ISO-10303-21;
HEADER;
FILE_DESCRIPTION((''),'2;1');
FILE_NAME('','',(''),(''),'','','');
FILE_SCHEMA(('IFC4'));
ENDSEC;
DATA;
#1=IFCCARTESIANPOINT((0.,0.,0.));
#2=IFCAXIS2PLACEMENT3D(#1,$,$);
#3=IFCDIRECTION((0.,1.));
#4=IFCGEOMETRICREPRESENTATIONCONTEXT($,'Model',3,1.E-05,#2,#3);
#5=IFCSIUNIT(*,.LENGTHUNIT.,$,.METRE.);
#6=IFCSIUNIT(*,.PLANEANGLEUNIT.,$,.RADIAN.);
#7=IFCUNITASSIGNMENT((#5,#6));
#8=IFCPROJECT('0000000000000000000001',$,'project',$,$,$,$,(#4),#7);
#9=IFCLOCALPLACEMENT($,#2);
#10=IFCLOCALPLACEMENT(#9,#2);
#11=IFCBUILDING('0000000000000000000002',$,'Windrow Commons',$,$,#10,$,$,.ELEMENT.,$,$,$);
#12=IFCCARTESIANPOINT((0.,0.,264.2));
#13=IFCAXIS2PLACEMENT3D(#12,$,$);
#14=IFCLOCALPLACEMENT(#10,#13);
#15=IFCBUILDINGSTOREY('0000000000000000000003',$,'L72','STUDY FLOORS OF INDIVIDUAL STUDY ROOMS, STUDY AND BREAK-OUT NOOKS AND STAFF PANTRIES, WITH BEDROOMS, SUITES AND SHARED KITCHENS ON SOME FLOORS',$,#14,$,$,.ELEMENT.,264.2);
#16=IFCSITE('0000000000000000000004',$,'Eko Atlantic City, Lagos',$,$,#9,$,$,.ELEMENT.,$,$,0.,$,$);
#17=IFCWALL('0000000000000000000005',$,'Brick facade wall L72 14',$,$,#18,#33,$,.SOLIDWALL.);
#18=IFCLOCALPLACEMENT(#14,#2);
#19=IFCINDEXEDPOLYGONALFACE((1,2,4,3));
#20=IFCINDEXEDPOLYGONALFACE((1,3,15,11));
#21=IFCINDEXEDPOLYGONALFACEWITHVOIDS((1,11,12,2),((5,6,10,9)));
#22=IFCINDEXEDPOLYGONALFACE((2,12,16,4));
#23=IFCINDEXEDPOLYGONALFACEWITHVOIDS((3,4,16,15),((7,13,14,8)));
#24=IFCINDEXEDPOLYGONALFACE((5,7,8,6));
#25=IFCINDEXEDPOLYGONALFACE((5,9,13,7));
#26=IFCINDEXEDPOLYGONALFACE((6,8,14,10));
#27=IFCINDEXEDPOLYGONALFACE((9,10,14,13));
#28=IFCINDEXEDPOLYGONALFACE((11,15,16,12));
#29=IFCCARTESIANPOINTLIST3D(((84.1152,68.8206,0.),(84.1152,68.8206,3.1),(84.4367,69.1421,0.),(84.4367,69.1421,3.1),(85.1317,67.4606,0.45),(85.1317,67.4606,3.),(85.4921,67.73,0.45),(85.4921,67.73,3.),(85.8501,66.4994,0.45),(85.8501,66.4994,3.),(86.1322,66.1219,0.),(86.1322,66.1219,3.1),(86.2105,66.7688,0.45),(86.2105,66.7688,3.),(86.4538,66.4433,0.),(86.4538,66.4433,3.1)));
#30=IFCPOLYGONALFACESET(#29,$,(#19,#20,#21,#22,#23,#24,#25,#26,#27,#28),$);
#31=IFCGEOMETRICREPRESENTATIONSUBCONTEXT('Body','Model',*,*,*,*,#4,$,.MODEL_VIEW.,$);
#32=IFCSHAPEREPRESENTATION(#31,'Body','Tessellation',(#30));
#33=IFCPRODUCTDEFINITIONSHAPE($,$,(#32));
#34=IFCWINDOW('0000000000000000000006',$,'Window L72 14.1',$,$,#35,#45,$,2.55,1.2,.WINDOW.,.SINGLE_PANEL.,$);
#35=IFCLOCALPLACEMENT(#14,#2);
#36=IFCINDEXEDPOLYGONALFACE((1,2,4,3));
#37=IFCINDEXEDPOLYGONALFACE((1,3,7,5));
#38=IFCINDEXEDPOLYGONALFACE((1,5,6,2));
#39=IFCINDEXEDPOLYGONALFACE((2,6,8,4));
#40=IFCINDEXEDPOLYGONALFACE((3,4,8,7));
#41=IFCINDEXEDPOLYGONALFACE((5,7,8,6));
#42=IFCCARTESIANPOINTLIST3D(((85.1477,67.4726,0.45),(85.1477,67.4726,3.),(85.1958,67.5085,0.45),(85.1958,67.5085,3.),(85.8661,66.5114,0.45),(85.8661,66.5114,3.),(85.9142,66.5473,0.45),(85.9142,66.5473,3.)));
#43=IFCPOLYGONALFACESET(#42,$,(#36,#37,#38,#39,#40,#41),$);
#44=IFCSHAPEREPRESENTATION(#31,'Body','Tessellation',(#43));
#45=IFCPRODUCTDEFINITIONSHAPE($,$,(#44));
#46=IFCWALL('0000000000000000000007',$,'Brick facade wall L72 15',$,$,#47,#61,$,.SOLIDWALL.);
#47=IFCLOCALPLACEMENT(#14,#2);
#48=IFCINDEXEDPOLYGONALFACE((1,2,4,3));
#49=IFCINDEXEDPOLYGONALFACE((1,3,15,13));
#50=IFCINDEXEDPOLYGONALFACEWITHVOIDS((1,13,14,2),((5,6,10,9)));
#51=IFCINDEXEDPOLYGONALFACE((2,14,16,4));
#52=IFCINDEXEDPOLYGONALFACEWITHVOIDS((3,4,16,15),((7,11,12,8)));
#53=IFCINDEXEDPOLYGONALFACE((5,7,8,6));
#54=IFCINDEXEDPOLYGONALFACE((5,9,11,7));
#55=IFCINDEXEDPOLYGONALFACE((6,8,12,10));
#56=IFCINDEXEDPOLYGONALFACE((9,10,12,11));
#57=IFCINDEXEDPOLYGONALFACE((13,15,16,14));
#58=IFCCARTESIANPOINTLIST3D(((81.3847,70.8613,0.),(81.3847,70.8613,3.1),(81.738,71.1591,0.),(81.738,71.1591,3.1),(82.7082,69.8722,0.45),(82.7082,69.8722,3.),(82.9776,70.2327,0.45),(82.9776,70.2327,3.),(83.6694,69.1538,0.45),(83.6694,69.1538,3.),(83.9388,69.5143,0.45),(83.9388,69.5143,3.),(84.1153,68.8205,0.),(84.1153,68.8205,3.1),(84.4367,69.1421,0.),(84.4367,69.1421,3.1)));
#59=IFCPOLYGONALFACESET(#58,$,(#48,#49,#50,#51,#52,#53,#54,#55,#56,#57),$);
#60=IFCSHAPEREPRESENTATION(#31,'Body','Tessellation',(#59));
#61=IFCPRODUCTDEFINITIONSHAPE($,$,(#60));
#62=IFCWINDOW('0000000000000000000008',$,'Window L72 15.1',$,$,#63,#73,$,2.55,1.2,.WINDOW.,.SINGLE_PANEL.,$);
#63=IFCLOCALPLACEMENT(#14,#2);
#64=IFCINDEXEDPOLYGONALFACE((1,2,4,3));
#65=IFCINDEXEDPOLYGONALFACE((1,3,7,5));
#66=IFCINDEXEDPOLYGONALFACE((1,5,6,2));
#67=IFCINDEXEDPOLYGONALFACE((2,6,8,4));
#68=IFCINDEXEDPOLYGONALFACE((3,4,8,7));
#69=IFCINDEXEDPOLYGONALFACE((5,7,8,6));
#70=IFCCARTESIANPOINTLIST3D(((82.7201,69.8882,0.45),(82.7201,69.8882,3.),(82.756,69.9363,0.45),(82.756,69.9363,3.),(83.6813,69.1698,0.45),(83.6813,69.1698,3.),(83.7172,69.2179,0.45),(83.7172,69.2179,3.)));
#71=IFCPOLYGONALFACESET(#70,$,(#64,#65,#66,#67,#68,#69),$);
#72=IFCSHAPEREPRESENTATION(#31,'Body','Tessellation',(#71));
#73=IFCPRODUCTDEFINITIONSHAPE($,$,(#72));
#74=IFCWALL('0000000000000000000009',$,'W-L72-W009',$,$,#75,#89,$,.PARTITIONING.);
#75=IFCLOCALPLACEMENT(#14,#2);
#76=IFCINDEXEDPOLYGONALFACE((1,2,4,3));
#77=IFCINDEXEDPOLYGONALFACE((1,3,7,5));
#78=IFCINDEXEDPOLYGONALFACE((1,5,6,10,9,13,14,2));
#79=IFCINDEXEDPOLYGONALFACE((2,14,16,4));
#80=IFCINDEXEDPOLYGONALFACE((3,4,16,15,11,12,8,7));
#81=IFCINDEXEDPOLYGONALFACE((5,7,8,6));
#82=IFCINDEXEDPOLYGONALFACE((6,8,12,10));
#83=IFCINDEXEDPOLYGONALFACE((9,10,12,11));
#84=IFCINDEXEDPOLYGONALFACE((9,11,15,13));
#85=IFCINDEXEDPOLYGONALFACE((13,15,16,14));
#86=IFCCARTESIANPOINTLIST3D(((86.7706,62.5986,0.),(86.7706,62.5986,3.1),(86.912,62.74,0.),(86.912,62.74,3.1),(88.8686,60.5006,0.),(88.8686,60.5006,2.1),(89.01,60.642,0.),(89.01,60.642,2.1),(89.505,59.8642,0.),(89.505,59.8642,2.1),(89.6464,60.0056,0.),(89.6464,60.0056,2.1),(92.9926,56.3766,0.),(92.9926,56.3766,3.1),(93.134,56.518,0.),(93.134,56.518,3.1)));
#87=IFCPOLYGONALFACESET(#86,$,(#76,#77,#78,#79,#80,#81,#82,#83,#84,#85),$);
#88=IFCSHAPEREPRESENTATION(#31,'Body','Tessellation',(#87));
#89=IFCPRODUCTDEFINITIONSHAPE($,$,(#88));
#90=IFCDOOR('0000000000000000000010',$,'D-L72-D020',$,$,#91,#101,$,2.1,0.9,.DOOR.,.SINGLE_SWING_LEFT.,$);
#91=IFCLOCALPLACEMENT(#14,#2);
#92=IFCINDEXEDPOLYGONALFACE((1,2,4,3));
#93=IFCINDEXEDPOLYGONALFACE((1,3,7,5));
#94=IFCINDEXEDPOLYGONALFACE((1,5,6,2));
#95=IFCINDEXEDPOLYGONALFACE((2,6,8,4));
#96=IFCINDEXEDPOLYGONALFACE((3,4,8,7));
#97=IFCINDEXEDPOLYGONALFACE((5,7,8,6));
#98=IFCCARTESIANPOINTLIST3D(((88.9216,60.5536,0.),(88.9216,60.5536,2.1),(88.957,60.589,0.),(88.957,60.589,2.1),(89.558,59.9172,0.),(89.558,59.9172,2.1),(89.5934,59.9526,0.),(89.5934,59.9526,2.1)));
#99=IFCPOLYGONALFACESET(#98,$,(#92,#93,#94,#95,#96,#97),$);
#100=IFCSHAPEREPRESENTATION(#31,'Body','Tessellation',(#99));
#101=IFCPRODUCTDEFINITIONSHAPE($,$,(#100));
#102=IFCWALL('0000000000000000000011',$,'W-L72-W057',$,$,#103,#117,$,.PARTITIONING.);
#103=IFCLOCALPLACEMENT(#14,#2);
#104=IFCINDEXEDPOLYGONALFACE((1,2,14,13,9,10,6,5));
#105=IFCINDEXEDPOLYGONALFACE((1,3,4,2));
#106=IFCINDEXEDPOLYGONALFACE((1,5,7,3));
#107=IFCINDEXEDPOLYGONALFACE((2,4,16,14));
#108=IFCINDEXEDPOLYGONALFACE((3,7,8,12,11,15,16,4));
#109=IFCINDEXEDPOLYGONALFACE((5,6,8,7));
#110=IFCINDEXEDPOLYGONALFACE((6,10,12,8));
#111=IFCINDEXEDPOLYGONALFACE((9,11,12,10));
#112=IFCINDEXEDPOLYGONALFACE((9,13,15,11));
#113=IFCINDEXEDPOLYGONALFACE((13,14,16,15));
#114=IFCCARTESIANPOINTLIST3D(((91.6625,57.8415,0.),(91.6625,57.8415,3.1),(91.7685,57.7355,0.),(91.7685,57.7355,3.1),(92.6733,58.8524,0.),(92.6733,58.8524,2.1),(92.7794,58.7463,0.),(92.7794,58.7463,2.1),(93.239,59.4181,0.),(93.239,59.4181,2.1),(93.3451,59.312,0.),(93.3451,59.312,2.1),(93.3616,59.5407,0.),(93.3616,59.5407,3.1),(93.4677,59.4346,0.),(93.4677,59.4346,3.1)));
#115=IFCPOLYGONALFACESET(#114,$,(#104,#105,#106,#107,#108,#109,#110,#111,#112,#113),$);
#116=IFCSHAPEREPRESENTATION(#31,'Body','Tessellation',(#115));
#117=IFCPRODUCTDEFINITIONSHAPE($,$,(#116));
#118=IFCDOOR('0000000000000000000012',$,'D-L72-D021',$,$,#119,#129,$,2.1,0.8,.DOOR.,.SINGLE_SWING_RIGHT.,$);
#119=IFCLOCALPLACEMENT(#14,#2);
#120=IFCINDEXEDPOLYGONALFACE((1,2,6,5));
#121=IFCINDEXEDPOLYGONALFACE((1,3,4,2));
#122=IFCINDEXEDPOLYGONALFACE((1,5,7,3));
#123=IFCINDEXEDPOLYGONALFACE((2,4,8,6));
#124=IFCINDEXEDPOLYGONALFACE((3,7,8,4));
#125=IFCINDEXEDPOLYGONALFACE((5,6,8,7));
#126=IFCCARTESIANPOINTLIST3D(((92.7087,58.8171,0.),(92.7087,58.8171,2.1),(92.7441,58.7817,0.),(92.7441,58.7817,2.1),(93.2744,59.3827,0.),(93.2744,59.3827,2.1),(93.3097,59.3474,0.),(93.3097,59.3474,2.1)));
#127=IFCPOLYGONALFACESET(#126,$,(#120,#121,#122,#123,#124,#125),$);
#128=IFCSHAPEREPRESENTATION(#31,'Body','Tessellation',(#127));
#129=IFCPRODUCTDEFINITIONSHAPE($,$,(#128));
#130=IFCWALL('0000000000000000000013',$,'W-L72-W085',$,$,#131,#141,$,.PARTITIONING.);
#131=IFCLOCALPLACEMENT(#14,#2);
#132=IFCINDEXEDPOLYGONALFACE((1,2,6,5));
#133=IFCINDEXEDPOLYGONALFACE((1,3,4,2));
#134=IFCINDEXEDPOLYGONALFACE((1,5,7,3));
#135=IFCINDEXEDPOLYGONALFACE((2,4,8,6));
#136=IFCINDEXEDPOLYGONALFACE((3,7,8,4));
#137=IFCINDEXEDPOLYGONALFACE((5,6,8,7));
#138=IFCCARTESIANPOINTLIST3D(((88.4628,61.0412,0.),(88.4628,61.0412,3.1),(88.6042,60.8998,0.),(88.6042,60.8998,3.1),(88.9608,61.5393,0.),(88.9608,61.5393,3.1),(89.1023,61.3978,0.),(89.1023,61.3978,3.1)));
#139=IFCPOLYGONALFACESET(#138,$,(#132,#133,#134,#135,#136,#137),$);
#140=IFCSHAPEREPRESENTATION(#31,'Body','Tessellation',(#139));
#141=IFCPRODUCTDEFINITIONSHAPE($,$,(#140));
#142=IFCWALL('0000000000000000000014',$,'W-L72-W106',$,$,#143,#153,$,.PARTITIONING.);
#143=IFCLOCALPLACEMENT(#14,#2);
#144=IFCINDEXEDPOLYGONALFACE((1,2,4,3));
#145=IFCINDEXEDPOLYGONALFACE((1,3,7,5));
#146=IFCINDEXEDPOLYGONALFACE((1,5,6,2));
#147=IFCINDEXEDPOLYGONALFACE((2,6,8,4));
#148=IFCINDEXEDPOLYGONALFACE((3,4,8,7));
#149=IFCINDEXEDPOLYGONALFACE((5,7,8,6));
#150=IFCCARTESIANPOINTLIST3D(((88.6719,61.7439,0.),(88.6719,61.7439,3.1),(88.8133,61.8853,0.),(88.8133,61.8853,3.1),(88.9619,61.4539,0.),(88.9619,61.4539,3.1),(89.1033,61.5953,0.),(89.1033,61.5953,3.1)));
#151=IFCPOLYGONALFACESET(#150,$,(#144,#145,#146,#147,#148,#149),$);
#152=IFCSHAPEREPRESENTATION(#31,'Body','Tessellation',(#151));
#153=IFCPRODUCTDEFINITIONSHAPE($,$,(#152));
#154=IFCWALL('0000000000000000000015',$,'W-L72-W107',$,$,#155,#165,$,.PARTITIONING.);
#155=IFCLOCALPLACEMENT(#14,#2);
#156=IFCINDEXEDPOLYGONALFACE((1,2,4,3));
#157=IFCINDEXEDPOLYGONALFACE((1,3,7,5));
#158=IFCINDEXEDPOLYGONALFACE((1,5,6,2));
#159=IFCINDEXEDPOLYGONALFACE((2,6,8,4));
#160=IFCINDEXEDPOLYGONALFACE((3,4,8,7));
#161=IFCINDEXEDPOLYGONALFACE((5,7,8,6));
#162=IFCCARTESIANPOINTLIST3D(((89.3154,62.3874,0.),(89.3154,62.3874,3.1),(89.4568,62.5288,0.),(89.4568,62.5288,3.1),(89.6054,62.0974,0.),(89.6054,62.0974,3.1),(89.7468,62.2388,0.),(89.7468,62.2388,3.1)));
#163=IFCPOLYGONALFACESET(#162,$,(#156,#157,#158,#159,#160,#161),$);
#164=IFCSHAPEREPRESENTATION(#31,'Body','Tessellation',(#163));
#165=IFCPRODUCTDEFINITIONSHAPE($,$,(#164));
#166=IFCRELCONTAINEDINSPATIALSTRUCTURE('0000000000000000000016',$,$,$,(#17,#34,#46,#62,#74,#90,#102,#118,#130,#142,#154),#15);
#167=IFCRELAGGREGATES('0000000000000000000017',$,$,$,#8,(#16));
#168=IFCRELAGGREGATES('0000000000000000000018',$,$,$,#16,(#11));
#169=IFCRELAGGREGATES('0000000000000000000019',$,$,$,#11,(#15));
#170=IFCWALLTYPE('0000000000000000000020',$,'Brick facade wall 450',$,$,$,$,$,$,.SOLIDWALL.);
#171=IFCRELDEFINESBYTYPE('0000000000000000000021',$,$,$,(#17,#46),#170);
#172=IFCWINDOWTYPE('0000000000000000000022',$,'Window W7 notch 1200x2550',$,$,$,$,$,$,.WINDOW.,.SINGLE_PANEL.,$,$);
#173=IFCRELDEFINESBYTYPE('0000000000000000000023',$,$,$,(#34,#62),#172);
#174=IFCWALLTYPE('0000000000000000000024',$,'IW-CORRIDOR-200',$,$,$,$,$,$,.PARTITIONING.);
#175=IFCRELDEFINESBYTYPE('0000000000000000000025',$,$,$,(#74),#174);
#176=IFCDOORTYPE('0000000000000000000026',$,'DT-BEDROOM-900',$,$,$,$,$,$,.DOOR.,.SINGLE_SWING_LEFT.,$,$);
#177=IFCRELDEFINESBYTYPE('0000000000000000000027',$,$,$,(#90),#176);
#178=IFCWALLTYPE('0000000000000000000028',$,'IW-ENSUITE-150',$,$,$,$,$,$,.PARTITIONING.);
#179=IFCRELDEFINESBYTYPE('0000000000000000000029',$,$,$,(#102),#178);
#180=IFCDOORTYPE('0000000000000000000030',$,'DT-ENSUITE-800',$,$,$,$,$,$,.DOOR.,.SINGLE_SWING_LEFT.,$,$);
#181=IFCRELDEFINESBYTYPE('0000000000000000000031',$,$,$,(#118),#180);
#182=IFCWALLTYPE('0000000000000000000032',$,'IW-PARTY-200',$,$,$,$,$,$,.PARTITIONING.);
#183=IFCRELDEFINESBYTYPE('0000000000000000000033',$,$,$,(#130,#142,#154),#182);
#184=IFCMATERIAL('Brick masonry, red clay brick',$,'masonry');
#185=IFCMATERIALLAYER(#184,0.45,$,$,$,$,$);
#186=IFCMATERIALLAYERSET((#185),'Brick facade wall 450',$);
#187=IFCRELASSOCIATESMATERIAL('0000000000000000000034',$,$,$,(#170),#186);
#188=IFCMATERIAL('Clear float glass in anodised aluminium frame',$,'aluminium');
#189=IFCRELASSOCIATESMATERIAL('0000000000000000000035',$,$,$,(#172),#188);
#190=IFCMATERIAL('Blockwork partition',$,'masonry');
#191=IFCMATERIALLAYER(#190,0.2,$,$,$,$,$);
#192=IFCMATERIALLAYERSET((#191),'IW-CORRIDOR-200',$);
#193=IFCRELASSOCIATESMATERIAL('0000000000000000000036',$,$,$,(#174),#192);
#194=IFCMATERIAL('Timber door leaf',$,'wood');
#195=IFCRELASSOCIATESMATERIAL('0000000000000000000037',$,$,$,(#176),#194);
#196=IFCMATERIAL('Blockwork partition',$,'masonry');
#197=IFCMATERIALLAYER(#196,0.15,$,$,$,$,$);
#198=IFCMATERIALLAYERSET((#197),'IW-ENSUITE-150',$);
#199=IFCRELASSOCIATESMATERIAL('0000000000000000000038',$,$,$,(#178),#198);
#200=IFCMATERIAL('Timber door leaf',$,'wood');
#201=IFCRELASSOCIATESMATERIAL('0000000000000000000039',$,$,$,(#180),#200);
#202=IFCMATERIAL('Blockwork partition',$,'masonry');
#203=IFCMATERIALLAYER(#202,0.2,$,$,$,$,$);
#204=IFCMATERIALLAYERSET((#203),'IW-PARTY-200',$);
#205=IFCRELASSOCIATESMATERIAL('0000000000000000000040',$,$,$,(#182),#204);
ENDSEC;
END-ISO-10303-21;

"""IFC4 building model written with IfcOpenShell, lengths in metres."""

from ifc_helpers import new_model, si_unit, direction, frame, frame_2d, origin, place, context, subcontext, project, spatial, polyline, rectangle, outline, extrude, material, layer, layer_set, type_object, element, fill, save


model = new_model("IFC4")

# Units and contexts
model_context = context("Model", 3, precision=1e-05, world=origin(), true_north=direction((0.0, 1.0)))
body_context = subcontext(model_context, "Body", "Model", "MODEL_VIEW")
ifc_project = project(units=[si_unit("LENGTHUNIT", "METRE"), si_unit("PLANEANGLEUNIT", "RADIAN")], contexts=[model_context])

# Site, building, storey
site_placement = place(None, origin())
site = spatial("IfcSite", under=ifc_project, at=site_placement, Name="Eko Atlantic City, Lagos", CompositionType="ELEMENT", RefElevation=0.0)
building_placement = place(site_placement, origin())
building = spatial("IfcBuilding", under=site, at=building_placement, Name="Windrow Commons", CompositionType="ELEMENT")
storey_placement = place(building_placement, frame((0.0, 0.0, 264.2)))
storey = spatial("IfcBuildingStorey", under=building, at=storey_placement, Name="L72", Description="STUDY FLOORS OF INDIVIDUAL STUDY ROOMS, STUDY AND BREAK-OUT NOOKS AND STAFF PANTRIES, WITH BEDROOMS, SUITES AND SHARED KITCHENS ON SOME FLOORS", CompositionType="ELEMENT", Elevation=264.2)

# Walls, openings, windows
ifc_material_1 = material(Name="Brick masonry, red clay brick", Category="masonry")
ifc_layer_1 = layer(ifc_material_1, 0.45)
ifc_layer_set_1 = layer_set([ifc_layer_1], Name="Brick facade wall 450")
wall_type_1 = type_object("IfcWallType", Name="Brick facade wall 450", PredefinedType="SOLIDWALL", material=ifc_layer_set_1)
ifc_material_2 = material(Name="Clear float glass in anodised aluminium frame", Category="aluminium")
window_type = type_object("IfcWindowType", Name="Window W7 notch 1200x2550", PartitioningType="SINGLE_PANEL", PredefinedType="WINDOW", material=ifc_material_2)
wall_1_placement = place(storey_placement, frame((86.293, 66.2826, 0.0), z_axis=(0.0, 0.0, 1.0), x_axis=(-0.598665, 0.801, 0.0)))
wall_1 = element("IfcWall", 1, at=wall_1_placement, inside=storey, type_object=wall_type_1, Name="Brick facade wall L72 14", PredefinedType="SOLIDWALL", context=body_context, shape_type="SweptSolid", body=[
    extrude(outline(polyline([(0.0325, -0.225), (3.4017, -0.225), (3.3367, 0.225), (-0.0325, 0.225), (0.0325, -0.225)])), origin(), (0.0, 0.0, 1.0), 3.1),
])
opening_1_placement = place(wall_1_placement, frame((0.4388, 0.0, 0.45)))
opening_1 = element("IfcOpeningElement", 2, at=opening_1_placement, cuts=wall_1, PredefinedType="OPENING", context=body_context, shape_type="SweptSolid", body=[
    extrude(rectangle(XDim=1.2, YDim=2.55, at=frame_2d((0.6, 1.275))), frame((0.0, 0.235, 0.0), z_axis=(0.0, -1.0, 0.0), x_axis=(1.0, 0.0, 0.0)), (0.0, 0.0, 1.0), 0.47),
])
window_1_placement = place(opening_1_placement, origin())
window_1 = element("IfcWindow", 3, at=window_1_placement, inside=storey, type_object=window_type, Name="Window L72 14.1", OverallHeight=2.55, OverallWidth=1.2, PartitioningType="SINGLE_PANEL", PredefinedType="WINDOW", context=body_context, shape_type="SweptSolid", body=[
    extrude(rectangle(XDim=1.2, YDim=2.55, at=frame_2d((0.6, 1.275))), frame((0.0, 0.205, 0.0), z_axis=(0.0, -1.0, 0.0), x_axis=(1.0, 0.0, 0.0)), (0.0, 0.0, 1.0), 0.06),
])
fill(opening_1, window_1)
wall_2_placement = place(storey_placement, frame((84.276, 68.9813, 0.0), z_axis=(0.0, 0.0, 1.0), x_axis=(-0.800997, 0.598668, 0.0)))
wall_2 = element("IfcWall", 4, at=wall_2_placement, inside=storey, type_object=wall_type_1, Name="Brick facade wall L72 15", PredefinedType="SOLIDWALL", context=body_context, shape_type="SweptSolid", body=[
    extrude(outline(polyline([(-0.0325, -0.225), (3.3367, -0.225), (3.4414, 0.225), (0.0325, 0.225), (-0.0325, -0.225)])), origin(), (0.0, 0.0, 1.0), 3.1),
])
opening_2_placement = place(wall_2_placement, frame((0.5892, 0.0, 0.45)))
opening_2 = element("IfcOpeningElement", 5, at=opening_2_placement, cuts=wall_2, PredefinedType="OPENING", context=body_context, shape_type="SweptSolid", body=[
    extrude(rectangle(XDim=1.2, YDim=2.55, at=frame_2d((0.6, 1.275))), frame((0.0, 0.235, 0.0), z_axis=(0.0, -1.0, 0.0), x_axis=(1.0, 0.0, 0.0)), (0.0, 0.0, 1.0), 0.47),
])
window_2_placement = place(opening_2_placement, origin())
window_2 = element("IfcWindow", 6, at=window_2_placement, inside=storey, type_object=window_type, Name="Window L72 15.1", OverallHeight=2.55, OverallWidth=1.2, PartitioningType="SINGLE_PANEL", PredefinedType="WINDOW", context=body_context, shape_type="SweptSolid", body=[
    extrude(rectangle(XDim=1.2, YDim=2.55, at=frame_2d((0.6, 1.275))), frame((0.0, 0.205, 0.0), z_axis=(0.0, -1.0, 0.0), x_axis=(1.0, 0.0, 0.0)), (0.0, 0.0, 1.0), 0.06),
])
fill(opening_2, window_2)

# Walls, openings, doors
ifc_material_3 = material(Name="Blockwork partition", Category="masonry")
ifc_layer_2 = layer(ifc_material_3, 0.2)
ifc_layer_set_2 = layer_set([ifc_layer_2], Name="IW-CORRIDOR-200")
wall_type_2 = type_object("IfcWallType", Name="IW-CORRIDOR-200", PredefinedType="PARTITIONING", material=ifc_layer_set_2)
wall_3_placement = place(storey_placement, frame((86.8413, 62.6693, 0.0), z_axis=(0.0, 0.0, 1.0), x_axis=(0.707107, -0.707107, 0.0)))
wall_3 = element("IfcWall", 7, at=wall_3_placement, inside=storey, type_object=wall_type_2, Name="W-L72-W009", PredefinedType="PARTITIONING", context=body_context, shape_type="SweptSolid", body=[
    extrude(rectangle(XDim=8.7992, YDim=0.2, at=frame_2d((4.3996, 0.0))), origin(), (0.0, 0.0, 1.0), 3.1),
])
opening_3_placement = place(wall_3_placement, frame((2.967, 0.0, 0.0)))
opening_3 = element("IfcOpeningElement", 8, at=opening_3_placement, cuts=wall_3, PredefinedType="OPENING", context=body_context, shape_type="SweptSolid", body=[
    extrude(rectangle(XDim=0.9, YDim=2.1, at=frame_2d((0.45, 1.05))), frame((0.0, 0.11, 0.0), z_axis=(0.0, -1.0, 0.0), x_axis=(1.0, 0.0, 0.0)), (0.0, 0.0, 1.0), 0.22),
])
ifc_material_4 = material(Name="Timber door leaf", Category="wood")
door_type_1 = type_object("IfcDoorType", Name="DT-BEDROOM-900", OperationType="SINGLE_SWING_LEFT", PredefinedType="DOOR", material=ifc_material_4)
door_1_placement = place(opening_3_placement, origin())
door_1 = element("IfcDoor", 9, at=door_1_placement, inside=storey, type_object=door_type_1, Name="D-L72-D020", OperationType="SINGLE_SWING_LEFT", OverallHeight=2.1, OverallWidth=0.9, PredefinedType="DOOR", context=body_context, shape_type="SweptSolid", body=[
    extrude(rectangle(XDim=0.9, YDim=2.1, at=frame_2d((0.45, 1.05))), frame((0.0, 0.025, 0.0), z_axis=(0.0, -1.0, 0.0), x_axis=(1.0, 0.0, 0.0)), (0.0, 0.0, 1.0), 0.05),
])
fill(opening_3, door_1)
ifc_material_5 = material(Name="Blockwork partition", Category="masonry")
ifc_layer_3 = layer(ifc_material_5, 0.15)
ifc_layer_set_3 = layer_set([ifc_layer_3], Name="IW-ENSUITE-150")
wall_type_3 = type_object("IfcWallType", Name="IW-ENSUITE-150", PredefinedType="PARTITIONING", material=ifc_layer_set_3)
wall_4_placement = place(storey_placement, frame((91.7155, 57.7885, 0.0), z_axis=(0.0, 0.0, 1.0), x_axis=(0.707107, 0.707107, 0.0)))
wall_4 = element("IfcWall", 10, at=wall_4_placement, inside=storey, type_object=wall_type_3, Name="W-L72-W057", PredefinedType="PARTITIONING", context=body_context, shape_type="SweptSolid", body=[
    extrude(rectangle(XDim=2.403, YDim=0.15, at=frame_2d((1.2015, 0.0))), origin(), (0.0, 0.0, 1.0), 3.1),
])
opening_4_placement = place(wall_4_placement, frame((1.4296, 0.0, 0.0)))
opening_4 = element("IfcOpeningElement", 11, at=opening_4_placement, cuts=wall_4, PredefinedType="OPENING", context=body_context, shape_type="SweptSolid", body=[
    extrude(rectangle(XDim=0.8, YDim=2.1, at=frame_2d((0.4, 1.05))), frame((0.0, 0.085, 0.0), z_axis=(0.0, -1.0, 0.0), x_axis=(1.0, 0.0, 0.0)), (0.0, 0.0, 1.0), 0.17),
])
ifc_material_6 = material(Name="Timber door leaf", Category="wood")
door_type_2 = type_object("IfcDoorType", Name="DT-ENSUITE-800", OperationType="SINGLE_SWING_LEFT", PredefinedType="DOOR", material=ifc_material_6)
door_2_placement = place(opening_4_placement, origin())
door_2 = element("IfcDoor", 12, at=door_2_placement, inside=storey, type_object=door_type_2, Name="D-L72-D021", OperationType="SINGLE_SWING_RIGHT", OverallHeight=2.1, OverallWidth=0.8, PredefinedType="DOOR", context=body_context, shape_type="SweptSolid", body=[
    extrude(rectangle(XDim=0.8, YDim=2.1, at=frame_2d((0.4, 1.05))), frame((0.0, 0.025, 0.0), z_axis=(0.0, -1.0, 0.0), x_axis=(1.0, 0.0, 0.0)), (0.0, 0.0, 1.0), 0.05),
])
fill(opening_4, door_2)

# Walls
ifc_material_7 = material(Name="Blockwork partition", Category="masonry")
ifc_layer_4 = layer(ifc_material_7, 0.2)
ifc_layer_set_4 = layer_set([ifc_layer_4], Name="IW-PARTY-200")
wall_type_4 = type_object("IfcWallType", Name="IW-PARTY-200", PredefinedType="PARTITIONING", material=ifc_layer_set_4)
wall_5_placement = place(storey_placement, frame((88.5335, 60.9705, 0.0), z_axis=(0.0, 0.0, 1.0), x_axis=(0.707107, 0.707107, 0.0)))
element("IfcWall", 13, at=wall_5_placement, inside=storey, type_object=wall_type_4, Name="W-L72-W085", PredefinedType="PARTITIONING", context=body_context, shape_type="SweptSolid", body=[
    extrude(rectangle(XDim=0.7043, YDim=0.2, at=frame_2d((0.3522, 0.0))), origin(), (0.0, 0.0, 1.0), 3.1),
])
for number, where, z_axis, x_axis, name in (
    (14, (88.7426, 61.8146, 0.0), (0.0, 0.0, 1.0), (0.707107, -0.707107, 0.0), "W-L72-W106"),
    (15, (89.3861, 62.4581, 0.0), (0.0, 0.0, 1.0), (0.707107, -0.707107, 0.0), "W-L72-W107"),
):
    element("IfcWall", number, at=place(storey_placement, frame(where, z_axis=z_axis, x_axis=x_axis)), inside=storey, type_object=wall_type_4, Name=name, PredefinedType="PARTITIONING", context=body_context, shape_type="SweptSolid", body=[
        extrude(rectangle(XDim=0.4101, YDim=0.2, at=frame_2d((0.2051, 0.0))), origin(), (0.0, 0.0, 1.0), 3.1),
    ])

save(model, "model.ifc")
